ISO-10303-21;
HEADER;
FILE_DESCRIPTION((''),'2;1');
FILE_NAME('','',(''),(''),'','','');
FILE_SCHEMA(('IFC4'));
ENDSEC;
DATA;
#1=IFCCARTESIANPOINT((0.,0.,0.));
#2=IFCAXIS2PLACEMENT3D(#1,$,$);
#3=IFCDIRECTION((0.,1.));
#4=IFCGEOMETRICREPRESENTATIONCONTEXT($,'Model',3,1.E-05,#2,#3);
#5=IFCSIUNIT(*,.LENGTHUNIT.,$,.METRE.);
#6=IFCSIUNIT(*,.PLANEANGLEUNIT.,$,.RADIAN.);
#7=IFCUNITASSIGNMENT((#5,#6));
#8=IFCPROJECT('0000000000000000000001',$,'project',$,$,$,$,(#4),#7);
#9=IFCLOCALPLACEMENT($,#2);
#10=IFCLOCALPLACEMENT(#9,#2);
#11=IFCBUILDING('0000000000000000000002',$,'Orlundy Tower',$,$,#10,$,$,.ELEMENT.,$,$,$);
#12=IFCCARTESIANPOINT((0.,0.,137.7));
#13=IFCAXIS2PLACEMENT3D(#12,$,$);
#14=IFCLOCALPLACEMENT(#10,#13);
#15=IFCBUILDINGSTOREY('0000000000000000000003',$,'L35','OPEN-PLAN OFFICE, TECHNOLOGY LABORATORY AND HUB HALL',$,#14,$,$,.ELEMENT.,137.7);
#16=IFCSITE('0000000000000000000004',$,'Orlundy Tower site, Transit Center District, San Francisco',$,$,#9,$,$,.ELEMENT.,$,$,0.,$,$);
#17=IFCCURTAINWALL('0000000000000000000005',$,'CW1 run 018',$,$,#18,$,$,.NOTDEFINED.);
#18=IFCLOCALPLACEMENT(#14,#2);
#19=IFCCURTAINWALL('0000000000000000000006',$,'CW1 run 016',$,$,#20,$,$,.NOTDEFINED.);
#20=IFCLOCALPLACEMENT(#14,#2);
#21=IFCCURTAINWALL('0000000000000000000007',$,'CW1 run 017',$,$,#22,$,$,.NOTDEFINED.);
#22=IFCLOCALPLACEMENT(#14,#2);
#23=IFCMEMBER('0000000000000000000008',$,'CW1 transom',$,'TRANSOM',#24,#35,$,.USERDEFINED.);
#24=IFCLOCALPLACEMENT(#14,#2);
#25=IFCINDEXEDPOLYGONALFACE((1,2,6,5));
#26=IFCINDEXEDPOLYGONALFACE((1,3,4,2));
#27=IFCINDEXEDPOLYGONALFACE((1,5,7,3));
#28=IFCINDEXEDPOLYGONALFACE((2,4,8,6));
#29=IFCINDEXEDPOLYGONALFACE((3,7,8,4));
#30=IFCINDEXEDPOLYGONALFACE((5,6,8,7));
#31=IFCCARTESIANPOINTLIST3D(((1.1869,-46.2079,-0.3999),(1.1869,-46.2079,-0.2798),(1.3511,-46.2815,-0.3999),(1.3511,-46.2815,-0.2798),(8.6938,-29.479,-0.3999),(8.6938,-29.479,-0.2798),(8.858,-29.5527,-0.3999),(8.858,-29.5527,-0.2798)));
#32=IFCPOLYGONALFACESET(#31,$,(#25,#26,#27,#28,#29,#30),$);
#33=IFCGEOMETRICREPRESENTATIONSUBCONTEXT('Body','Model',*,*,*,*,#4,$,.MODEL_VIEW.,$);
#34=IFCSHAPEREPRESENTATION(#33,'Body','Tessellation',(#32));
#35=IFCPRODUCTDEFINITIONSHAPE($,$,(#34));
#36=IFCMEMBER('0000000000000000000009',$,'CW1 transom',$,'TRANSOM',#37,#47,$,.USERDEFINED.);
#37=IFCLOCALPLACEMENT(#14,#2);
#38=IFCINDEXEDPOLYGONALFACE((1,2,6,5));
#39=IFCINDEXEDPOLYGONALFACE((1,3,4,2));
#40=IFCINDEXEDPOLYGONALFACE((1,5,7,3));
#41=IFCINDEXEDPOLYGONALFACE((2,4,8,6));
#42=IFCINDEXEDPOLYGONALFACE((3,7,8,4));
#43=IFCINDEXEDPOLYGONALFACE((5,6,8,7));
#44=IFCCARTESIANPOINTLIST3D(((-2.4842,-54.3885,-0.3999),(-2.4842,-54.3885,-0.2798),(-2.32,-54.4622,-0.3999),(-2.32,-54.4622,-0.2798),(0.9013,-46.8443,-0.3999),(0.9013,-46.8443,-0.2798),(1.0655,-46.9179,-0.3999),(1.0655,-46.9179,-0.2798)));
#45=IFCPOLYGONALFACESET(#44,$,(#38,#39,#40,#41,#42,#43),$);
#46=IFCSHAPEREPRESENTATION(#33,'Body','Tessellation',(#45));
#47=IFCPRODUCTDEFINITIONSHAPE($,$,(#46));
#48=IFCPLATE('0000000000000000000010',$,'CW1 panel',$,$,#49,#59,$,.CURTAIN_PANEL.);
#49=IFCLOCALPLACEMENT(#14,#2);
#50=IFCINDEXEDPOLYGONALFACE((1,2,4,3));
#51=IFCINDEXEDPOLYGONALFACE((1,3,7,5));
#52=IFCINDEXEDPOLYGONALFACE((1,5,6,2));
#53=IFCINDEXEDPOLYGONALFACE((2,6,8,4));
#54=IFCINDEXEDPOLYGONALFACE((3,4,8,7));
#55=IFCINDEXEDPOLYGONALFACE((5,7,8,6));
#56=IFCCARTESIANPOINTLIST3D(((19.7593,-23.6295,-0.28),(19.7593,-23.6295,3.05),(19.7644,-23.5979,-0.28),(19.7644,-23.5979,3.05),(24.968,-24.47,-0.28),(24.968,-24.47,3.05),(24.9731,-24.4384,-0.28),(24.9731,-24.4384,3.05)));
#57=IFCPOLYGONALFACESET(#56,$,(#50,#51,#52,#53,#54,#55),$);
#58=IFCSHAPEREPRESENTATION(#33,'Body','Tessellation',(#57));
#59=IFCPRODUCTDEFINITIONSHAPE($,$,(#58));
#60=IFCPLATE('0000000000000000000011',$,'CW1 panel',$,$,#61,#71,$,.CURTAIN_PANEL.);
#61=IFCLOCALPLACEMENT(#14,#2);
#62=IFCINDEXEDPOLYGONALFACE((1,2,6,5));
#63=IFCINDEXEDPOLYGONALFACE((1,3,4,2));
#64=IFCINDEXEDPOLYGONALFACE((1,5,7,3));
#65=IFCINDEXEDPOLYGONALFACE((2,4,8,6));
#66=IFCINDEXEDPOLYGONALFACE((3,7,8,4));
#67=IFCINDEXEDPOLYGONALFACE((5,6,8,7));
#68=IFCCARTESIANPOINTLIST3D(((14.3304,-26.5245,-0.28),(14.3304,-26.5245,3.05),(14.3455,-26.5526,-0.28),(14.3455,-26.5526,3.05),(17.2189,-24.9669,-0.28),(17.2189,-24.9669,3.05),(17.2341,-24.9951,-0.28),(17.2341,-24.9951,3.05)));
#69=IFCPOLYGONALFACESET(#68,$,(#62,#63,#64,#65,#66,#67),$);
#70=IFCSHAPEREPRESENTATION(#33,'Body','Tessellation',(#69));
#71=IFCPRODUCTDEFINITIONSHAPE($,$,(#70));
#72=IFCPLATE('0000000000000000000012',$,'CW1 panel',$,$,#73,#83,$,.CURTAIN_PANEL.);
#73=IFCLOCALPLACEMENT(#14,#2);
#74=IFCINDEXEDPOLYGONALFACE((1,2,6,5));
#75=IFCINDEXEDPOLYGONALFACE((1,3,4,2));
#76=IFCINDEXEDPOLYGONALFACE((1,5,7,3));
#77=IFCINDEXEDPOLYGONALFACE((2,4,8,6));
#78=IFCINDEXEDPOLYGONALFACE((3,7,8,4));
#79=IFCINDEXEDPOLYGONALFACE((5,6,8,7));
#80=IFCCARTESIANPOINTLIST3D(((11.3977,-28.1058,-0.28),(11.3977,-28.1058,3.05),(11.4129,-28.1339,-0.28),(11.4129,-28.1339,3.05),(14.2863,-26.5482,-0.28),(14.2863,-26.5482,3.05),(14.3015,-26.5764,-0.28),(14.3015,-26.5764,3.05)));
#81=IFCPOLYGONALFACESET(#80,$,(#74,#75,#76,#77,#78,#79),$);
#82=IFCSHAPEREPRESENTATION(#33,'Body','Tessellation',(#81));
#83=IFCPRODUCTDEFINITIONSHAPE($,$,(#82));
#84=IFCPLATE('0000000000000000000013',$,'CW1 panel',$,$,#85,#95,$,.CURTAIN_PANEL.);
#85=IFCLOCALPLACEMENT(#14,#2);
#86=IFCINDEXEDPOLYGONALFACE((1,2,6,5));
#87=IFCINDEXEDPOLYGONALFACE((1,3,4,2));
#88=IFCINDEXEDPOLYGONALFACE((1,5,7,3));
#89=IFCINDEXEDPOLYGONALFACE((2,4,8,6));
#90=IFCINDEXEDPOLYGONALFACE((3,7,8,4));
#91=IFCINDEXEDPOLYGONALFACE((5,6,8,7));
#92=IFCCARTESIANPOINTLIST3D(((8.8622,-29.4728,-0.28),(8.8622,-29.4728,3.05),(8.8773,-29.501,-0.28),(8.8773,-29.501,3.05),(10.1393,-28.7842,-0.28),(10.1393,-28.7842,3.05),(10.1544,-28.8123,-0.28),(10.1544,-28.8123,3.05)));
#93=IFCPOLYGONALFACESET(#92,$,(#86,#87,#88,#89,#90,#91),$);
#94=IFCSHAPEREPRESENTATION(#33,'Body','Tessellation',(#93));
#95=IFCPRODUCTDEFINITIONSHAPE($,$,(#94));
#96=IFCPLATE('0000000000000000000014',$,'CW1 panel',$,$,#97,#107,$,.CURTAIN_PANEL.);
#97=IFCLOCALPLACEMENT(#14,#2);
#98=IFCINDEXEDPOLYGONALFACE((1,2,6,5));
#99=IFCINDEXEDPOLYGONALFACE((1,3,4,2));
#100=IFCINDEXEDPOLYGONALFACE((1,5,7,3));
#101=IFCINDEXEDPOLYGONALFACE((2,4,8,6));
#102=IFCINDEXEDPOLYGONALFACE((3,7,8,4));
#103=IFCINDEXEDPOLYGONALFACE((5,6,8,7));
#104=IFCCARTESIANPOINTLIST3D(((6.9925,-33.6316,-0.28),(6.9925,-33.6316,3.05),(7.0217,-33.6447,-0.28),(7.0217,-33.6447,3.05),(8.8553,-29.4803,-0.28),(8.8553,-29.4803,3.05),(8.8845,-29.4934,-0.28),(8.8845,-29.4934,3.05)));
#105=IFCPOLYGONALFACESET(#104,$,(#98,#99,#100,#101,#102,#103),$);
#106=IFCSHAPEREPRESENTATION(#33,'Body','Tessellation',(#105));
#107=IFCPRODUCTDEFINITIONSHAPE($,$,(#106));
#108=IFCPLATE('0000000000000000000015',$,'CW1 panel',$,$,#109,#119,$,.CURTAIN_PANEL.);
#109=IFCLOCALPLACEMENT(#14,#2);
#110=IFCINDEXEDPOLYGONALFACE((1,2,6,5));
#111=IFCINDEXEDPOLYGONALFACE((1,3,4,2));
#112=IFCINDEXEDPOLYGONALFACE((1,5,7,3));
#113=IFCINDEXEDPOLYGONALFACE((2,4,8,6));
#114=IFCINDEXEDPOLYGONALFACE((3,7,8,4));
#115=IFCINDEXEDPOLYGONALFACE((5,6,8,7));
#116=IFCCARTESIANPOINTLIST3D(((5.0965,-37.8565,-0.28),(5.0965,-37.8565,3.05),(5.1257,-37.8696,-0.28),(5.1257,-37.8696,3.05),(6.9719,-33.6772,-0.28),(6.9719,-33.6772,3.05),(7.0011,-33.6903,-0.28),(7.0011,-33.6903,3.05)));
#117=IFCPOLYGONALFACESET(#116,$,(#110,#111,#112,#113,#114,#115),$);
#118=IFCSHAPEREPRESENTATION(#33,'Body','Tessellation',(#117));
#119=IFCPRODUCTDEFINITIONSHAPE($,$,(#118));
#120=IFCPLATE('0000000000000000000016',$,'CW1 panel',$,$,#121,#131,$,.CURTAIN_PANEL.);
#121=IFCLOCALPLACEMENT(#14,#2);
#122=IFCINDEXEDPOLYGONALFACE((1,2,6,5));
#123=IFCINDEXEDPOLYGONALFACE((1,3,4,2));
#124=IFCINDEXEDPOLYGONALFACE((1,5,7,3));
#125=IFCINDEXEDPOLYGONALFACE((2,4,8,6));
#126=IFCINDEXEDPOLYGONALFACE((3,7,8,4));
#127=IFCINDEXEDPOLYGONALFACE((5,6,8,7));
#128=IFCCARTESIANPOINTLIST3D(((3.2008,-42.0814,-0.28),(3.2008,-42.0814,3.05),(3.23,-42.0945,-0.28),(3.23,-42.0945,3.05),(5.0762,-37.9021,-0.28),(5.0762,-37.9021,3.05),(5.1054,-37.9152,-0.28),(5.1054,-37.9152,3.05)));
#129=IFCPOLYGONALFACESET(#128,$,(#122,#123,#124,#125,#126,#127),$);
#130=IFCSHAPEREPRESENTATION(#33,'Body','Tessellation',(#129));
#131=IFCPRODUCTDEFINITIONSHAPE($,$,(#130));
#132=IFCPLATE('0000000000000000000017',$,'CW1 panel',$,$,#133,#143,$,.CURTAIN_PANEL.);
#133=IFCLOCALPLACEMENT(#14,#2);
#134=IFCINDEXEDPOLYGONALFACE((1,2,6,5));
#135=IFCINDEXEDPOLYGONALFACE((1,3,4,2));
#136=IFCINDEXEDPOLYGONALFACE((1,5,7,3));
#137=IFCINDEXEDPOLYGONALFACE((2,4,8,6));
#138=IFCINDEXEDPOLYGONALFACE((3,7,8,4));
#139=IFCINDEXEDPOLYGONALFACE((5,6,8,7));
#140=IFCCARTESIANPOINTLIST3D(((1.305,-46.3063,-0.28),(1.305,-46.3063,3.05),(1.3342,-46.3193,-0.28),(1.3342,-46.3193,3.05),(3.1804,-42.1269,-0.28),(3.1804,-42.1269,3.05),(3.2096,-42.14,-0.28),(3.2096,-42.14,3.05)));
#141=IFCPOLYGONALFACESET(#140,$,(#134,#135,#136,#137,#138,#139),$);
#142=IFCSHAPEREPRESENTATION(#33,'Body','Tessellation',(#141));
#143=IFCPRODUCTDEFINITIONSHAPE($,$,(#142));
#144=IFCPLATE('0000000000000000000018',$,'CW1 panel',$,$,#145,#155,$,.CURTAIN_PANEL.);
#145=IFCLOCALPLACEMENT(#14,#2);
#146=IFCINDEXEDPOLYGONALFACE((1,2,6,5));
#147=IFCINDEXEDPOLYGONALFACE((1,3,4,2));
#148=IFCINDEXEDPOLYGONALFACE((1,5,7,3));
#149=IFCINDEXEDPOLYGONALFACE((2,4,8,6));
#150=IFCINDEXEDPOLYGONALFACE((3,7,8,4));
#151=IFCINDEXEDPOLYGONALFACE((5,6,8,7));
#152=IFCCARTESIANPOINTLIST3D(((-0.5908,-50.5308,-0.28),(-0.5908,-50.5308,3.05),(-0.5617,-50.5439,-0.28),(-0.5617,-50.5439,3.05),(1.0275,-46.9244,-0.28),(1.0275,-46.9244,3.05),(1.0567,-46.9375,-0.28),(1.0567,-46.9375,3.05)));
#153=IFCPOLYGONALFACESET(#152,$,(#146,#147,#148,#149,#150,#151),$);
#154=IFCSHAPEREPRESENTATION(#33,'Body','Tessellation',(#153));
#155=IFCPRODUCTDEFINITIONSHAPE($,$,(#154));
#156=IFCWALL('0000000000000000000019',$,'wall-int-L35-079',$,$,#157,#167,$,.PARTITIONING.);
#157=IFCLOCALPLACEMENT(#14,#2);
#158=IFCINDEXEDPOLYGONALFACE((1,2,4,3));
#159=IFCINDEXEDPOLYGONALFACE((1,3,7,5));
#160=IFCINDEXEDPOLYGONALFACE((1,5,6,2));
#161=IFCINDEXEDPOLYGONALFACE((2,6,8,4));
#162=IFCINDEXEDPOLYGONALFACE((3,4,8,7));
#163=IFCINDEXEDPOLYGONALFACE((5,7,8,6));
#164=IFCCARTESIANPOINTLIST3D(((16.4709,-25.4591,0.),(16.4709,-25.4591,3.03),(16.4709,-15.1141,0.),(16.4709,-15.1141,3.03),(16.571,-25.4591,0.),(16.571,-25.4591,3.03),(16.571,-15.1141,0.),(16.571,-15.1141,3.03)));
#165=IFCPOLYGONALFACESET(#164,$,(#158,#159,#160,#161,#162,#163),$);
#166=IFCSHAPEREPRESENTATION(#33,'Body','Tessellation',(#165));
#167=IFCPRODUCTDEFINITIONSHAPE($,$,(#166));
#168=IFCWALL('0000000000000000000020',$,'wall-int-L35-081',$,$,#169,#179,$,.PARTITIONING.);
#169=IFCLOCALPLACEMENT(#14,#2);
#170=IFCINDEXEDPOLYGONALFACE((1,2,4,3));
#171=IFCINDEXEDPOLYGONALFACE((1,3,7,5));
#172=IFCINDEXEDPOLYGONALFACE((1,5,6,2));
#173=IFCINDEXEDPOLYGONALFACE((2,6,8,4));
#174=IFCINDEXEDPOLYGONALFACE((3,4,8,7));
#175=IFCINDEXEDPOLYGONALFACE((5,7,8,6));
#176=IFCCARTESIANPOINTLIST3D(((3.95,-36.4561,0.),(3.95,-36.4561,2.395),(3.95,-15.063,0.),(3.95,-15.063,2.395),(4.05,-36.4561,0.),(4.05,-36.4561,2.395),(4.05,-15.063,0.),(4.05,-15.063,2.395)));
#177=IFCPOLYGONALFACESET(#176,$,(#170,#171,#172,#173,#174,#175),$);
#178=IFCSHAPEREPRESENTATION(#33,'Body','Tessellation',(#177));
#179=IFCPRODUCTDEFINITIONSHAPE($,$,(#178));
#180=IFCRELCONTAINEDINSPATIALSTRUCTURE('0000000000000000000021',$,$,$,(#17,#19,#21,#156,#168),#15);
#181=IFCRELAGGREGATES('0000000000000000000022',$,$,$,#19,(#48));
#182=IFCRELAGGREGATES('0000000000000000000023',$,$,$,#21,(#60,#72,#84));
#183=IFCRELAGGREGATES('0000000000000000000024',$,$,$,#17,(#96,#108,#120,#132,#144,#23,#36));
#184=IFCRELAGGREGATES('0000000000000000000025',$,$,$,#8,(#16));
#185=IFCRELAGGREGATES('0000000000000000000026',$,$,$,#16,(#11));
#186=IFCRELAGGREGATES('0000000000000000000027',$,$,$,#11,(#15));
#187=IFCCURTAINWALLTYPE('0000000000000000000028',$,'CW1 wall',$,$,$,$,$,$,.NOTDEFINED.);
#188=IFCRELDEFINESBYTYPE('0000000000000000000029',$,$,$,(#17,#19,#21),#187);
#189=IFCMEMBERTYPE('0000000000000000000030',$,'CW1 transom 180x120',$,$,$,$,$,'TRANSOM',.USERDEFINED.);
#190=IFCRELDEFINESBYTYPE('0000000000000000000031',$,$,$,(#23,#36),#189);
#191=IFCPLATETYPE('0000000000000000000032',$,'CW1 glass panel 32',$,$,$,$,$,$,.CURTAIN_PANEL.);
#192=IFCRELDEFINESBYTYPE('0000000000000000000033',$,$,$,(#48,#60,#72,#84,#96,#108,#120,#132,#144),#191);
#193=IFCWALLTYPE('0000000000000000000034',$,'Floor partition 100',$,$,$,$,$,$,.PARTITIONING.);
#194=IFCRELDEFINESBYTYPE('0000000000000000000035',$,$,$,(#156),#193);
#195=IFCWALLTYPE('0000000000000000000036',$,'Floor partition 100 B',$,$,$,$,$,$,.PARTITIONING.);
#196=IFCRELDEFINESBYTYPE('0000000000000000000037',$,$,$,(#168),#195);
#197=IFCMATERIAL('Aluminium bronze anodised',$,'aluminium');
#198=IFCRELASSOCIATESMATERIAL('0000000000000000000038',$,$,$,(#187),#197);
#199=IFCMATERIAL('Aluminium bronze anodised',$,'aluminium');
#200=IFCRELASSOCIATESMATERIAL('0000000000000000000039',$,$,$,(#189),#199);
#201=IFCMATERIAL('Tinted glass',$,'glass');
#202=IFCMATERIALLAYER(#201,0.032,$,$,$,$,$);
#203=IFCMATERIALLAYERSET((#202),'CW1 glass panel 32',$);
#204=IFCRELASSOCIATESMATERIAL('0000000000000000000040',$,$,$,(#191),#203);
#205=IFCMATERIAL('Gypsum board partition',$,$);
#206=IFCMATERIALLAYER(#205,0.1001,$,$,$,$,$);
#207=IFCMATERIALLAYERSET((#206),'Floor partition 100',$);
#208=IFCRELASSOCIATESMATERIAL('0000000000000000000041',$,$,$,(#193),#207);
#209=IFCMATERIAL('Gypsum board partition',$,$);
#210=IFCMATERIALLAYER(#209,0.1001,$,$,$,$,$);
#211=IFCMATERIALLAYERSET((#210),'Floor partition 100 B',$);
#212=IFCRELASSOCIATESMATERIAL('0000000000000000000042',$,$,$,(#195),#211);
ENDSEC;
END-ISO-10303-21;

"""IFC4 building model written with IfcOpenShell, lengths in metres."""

from ifc_helpers import new_model, si_unit, direction, frame, frame_2d, origin, origin_2d, place, context, subcontext, project, spatial, rectangle, extrude, material, layer, layer_set, material_profile, profile_set, type_object, element, aggregate, save


model = new_model("IFC4")

# Units and contexts
model_context = context("Model", 3, precision=1e-05, world=origin(), true_north=direction((0.0, 1.0)))
body_context = subcontext(model_context, "Body", "Model", "MODEL_VIEW")
ifc_project = project(units=[si_unit("LENGTHUNIT", "METRE"), si_unit("PLANEANGLEUNIT", "RADIAN")], contexts=[model_context])

# Site, building, storey
site_placement = place(None, origin())
site = spatial("IfcSite", under=ifc_project, at=site_placement, Name="Orlundy Tower site, Transit Center District, San Francisco", CompositionType="ELEMENT", RefElevation=0.0)
building_placement = place(site_placement, origin())
building = spatial("IfcBuilding", under=site, at=building_placement, Name="Orlundy Tower", CompositionType="ELEMENT")
storey_placement = place(building_placement, frame((0.0, 0.0, 137.7)))
storey = spatial("IfcBuildingStorey", under=building, at=storey_placement, Name="L35", Description="OPEN-PLAN OFFICE, TECHNOLOGY LABORATORY AND HUB HALL", CompositionType="ELEMENT", Elevation=137.7)

# Curtain walls
ifc_material_1 = material(Name="Aluminium bronze anodised", Category="aluminium")
curtain_wall_type = type_object("IfcCurtainWallType", Name="CW1 wall", PredefinedType="NOTDEFINED", material=ifc_material_1)
curtain_wall_1_placement = place(storey_placement, origin())
curtain_wall_1 = element("IfcCurtainWall", 1, at=curtain_wall_1_placement, inside=storey, type_object=curtain_wall_type, Name="CW1 run 018", PredefinedType="NOTDEFINED")
curtain_wall_2_placement = place(storey_placement, origin())
curtain_wall_2 = element("IfcCurtainWall", 2, at=curtain_wall_2_placement, inside=storey, type_object=curtain_wall_type, Name="CW1 run 016", PredefinedType="NOTDEFINED")
curtain_wall_3_placement = place(storey_placement, origin())
curtain_wall_3 = element("IfcCurtainWall", 3, at=curtain_wall_3_placement, inside=storey, type_object=curtain_wall_type, Name="CW1 run 017", PredefinedType="NOTDEFINED")

# Members
ifc_material_2 = material(Name="Aluminium bronze anodised", Category="aluminium")
ifc_material_profile_1 = material_profile(ifc_material_2, rectangle(XDim=0.1799, YDim=0.1201, at=origin_2d()), Name="CW1 transom 180x120")
ifc_profile_set_1 = profile_set([ifc_material_profile_1], Name="Aluminium bronze anodised")
member_type_1 = type_object("IfcMemberType", Name="CW1 transom 180x120", ElementType="TRANSOM", PredefinedType="USERDEFINED", material=ifc_profile_set_1)
member_1_placement = place(storey_placement, frame((8.7759, -29.5159, -0.3398), z_axis=(-0.409407, -0.912352, 0.0), x_axis=(0.912352, -0.409407, 0.0)))
member_1 = element("IfcMember", 4, at=member_1_placement, type_object=member_type_1, Name="CW1 transom", ObjectType="TRANSOM", PredefinedType="USERDEFINED", context=body_context, shape_type="SweptSolid", body=[
    extrude(rectangle(XDim=0.1799, YDim=0.1201, at=origin_2d()), origin(), (0.0, 0.0, 1.0), 18.3359),
])
member_2_placement = place(storey_placement, frame((0.9834, -46.8811, -0.3398), z_axis=(-0.40942, -0.912346, 0.0), x_axis=(0.912346, -0.40942, 0.0)))
member_2 = element("IfcMember", 5, at=member_2_placement, type_object=member_type_1, Name="CW1 transom", ObjectType="TRANSOM", PredefinedType="USERDEFINED", context=body_context, shape_type="SweptSolid", body=[
    extrude(rectangle(XDim=0.1799, YDim=0.1201, at=origin_2d()), origin(), (0.0, 0.0, 1.0), 8.269),
])

# Plates
ifc_material_3 = material(Name="Tinted glass", Category="glass")
ifc_layer_1 = layer(ifc_material_3, 0.032)
ifc_layer_set_1 = layer_set([ifc_layer_1], Name="CW1 glass panel 32")
plate_type = type_object("IfcPlateType", Name="CW1 glass panel 32", PredefinedType="CURTAIN_PANEL", material=ifc_layer_set_1)
plate_1_placement = place(storey_placement, frame((22.3662, -24.0339, -0.28), z_axis=(0.0, 0.0, 1.0), x_axis=(-0.987228, 0.159311, 0.0)))
plate_1 = element("IfcPlate", 6, at=plate_1_placement, type_object=plate_type, Name="CW1 panel", PredefinedType="CURTAIN_PANEL", context=body_context, shape_type="SweptSolid", body=[
    extrude(rectangle(XDim=5.2761, YDim=0.032, at=origin_2d()), origin(), (0.0, 0.0, 1.0), 3.3301),
])
aggregate(curtain_wall_2, [plate_1])
plate_2_placement = place(storey_placement, frame((15.7822, -25.7598, -0.28), z_axis=(0.0, 0.0, 1.0), x_axis=(-0.880193, -0.474616, 0.0)))
plate_2 = element("IfcPlate", 7, at=plate_2_placement, type_object=plate_type, Name="CW1 panel", PredefinedType="CURTAIN_PANEL", context=body_context, shape_type="SweptSolid", body=[
    extrude(rectangle(XDim=3.2817, YDim=0.032, at=origin_2d()), origin(), (0.0, 0.0, 1.0), 3.3301),
])
plate_3_placement = place(storey_placement, frame((12.8496, -27.3411, -0.28), z_axis=(0.0, 0.0, 1.0), x_axis=(-0.880193, -0.474616, 0.0)))
plate_3 = element("IfcPlate", 8, at=plate_3_placement, type_object=plate_type, Name="CW1 panel", PredefinedType="CURTAIN_PANEL", context=body_context, shape_type="SweptSolid", body=[
    extrude(rectangle(XDim=3.2817, YDim=0.032, at=origin_2d()), origin(), (0.0, 0.0, 1.0), 3.3301),
])
plate_4_placement = place(storey_placement, frame((9.5083, -29.1426, -0.28), z_axis=(0.0, 0.0, 1.0), x_axis=(-0.880193, -0.474616, 0.0)))
plate_4 = element("IfcPlate", 9, at=plate_4_placement, type_object=plate_type, Name="CW1 panel", PredefinedType="CURTAIN_PANEL", context=body_context, shape_type="SweptSolid", body=[
    extrude(rectangle(XDim=1.4509, YDim=0.032, at=origin_2d()), origin(), (0.0, 0.0, 1.0), 3.3301),
])
aggregate(curtain_wall_3, [plate_2, plate_3, plate_4])
plate_5_placement = place(storey_placement, frame((7.9385, -31.5625, -0.28), z_axis=(0.0, 0.0, 1.0), x_axis=(-0.409405, -0.912353, 0.0)))
plate_5 = element("IfcPlate", 10, at=plate_5_placement, type_object=plate_type, Name="CW1 panel", PredefinedType="CURTAIN_PANEL", context=body_context, shape_type="SweptSolid", body=[
    extrude(rectangle(XDim=4.55, YDim=0.032, at=origin_2d()), origin(), (0.0, 0.0, 1.0), 3.3301),
])
plate_6_placement = place(storey_placement, frame((6.0488, -35.7734, -0.28), z_axis=(0.0, 0.0, 1.0), x_axis=(-0.409405, -0.912353, 0.0)))
plate_6 = element("IfcPlate", 11, at=plate_6_placement, type_object=plate_type, Name="CW1 panel", PredefinedType="CURTAIN_PANEL", context=body_context, shape_type="SweptSolid", body=[
    extrude(rectangle(XDim=4.5808, YDim=0.032, at=origin_2d()), origin(), (0.0, 0.0, 1.0), 3.3301),
])
plate_7_placement = place(storey_placement, frame((4.1531, -39.9983, -0.28), z_axis=(0.0, 0.0, 1.0), x_axis=(-0.409405, -0.912353, 0.0)))
plate_7 = element("IfcPlate", 12, at=plate_7_placement, type_object=plate_type, Name="CW1 panel", PredefinedType="CURTAIN_PANEL", context=body_context, shape_type="SweptSolid", body=[
    extrude(rectangle(XDim=4.5808, YDim=0.032, at=origin_2d()), origin(), (0.0, 0.0, 1.0), 3.3301),
])
plate_8_placement = place(storey_placement, frame((2.2573, -44.2231, -0.28), z_axis=(0.0, 0.0, 1.0), x_axis=(-0.409405, -0.912353, 0.0)))
plate_8 = element("IfcPlate", 13, at=plate_8_placement, type_object=plate_type, Name="CW1 panel", PredefinedType="CURTAIN_PANEL", context=body_context, shape_type="SweptSolid", body=[
    extrude(rectangle(XDim=4.5808, YDim=0.032, at=origin_2d()), origin(), (0.0, 0.0, 1.0), 3.3301),
])
plate_9_placement = place(storey_placement, frame((0.2329, -48.7341, -0.28), z_axis=(0.0, 0.0, 1.0), x_axis=(-0.409405, -0.912353, 0.0)))
plate_9 = element("IfcPlate", 14, at=plate_9_placement, type_object=plate_type, Name="CW1 panel", PredefinedType="CURTAIN_PANEL", context=body_context, shape_type="SweptSolid", body=[
    extrude(rectangle(XDim=3.9529, YDim=0.032, at=origin_2d()), origin(), (0.0, 0.0, 1.0), 3.3301),
])
aggregate(curtain_wall_1, [plate_5, plate_6, plate_7, plate_8, plate_9, member_1, member_2])

# Walls
ifc_material_4 = material(Name="Gypsum board partition")
ifc_layer_2 = layer(ifc_material_4, 0.1001)
ifc_layer_set_2 = layer_set([ifc_layer_2], Name="Floor partition 100")
wall_type_1 = type_object("IfcWallType", Name="Floor partition 100", PredefinedType="PARTITIONING", material=ifc_layer_set_2)
wall_1_placement = place(storey_placement, frame((16.521, -25.459, 0.0), z_axis=(0.0, 0.0, 1.0), x_axis=(0.0, 1.0, 0.0)))
element("IfcWall", 15, at=wall_1_placement, inside=storey, type_object=wall_type_1, Name="wall-int-L35-079", PredefinedType="PARTITIONING", context=body_context, shape_type="SweptSolid", body=[
    extrude(rectangle(XDim=10.345, YDim=0.1001, at=frame_2d((5.1724, 0.0))), origin(), (0.0, 0.0, 1.0), 3.03),
])
ifc_material_5 = material(Name="Gypsum board partition")
ifc_layer_3 = layer(ifc_material_5, 0.1001)
ifc_layer_set_3 = layer_set([ifc_layer_3], Name="Floor partition 100 B")
wall_type_2 = type_object("IfcWallType", Name="Floor partition 100 B", PredefinedType="PARTITIONING", material=ifc_layer_set_3)
wall_2_placement = place(storey_placement, frame((4.0, -36.4561, 0.0), z_axis=(0.0, 0.0, 1.0), x_axis=(0.0, 1.0, 0.0)))
element("IfcWall", 16, at=wall_2_placement, inside=storey, type_object=wall_type_2, Name="wall-int-L35-081", PredefinedType="PARTITIONING", context=body_context, shape_type="SweptSolid", body=[
    extrude(rectangle(XDim=21.3931, YDim=0.1001, at=frame_2d((10.6965, 0.0))), origin(), (0.0, 0.0, 1.0), 2.395),
])

save(model, "model.ifc")
